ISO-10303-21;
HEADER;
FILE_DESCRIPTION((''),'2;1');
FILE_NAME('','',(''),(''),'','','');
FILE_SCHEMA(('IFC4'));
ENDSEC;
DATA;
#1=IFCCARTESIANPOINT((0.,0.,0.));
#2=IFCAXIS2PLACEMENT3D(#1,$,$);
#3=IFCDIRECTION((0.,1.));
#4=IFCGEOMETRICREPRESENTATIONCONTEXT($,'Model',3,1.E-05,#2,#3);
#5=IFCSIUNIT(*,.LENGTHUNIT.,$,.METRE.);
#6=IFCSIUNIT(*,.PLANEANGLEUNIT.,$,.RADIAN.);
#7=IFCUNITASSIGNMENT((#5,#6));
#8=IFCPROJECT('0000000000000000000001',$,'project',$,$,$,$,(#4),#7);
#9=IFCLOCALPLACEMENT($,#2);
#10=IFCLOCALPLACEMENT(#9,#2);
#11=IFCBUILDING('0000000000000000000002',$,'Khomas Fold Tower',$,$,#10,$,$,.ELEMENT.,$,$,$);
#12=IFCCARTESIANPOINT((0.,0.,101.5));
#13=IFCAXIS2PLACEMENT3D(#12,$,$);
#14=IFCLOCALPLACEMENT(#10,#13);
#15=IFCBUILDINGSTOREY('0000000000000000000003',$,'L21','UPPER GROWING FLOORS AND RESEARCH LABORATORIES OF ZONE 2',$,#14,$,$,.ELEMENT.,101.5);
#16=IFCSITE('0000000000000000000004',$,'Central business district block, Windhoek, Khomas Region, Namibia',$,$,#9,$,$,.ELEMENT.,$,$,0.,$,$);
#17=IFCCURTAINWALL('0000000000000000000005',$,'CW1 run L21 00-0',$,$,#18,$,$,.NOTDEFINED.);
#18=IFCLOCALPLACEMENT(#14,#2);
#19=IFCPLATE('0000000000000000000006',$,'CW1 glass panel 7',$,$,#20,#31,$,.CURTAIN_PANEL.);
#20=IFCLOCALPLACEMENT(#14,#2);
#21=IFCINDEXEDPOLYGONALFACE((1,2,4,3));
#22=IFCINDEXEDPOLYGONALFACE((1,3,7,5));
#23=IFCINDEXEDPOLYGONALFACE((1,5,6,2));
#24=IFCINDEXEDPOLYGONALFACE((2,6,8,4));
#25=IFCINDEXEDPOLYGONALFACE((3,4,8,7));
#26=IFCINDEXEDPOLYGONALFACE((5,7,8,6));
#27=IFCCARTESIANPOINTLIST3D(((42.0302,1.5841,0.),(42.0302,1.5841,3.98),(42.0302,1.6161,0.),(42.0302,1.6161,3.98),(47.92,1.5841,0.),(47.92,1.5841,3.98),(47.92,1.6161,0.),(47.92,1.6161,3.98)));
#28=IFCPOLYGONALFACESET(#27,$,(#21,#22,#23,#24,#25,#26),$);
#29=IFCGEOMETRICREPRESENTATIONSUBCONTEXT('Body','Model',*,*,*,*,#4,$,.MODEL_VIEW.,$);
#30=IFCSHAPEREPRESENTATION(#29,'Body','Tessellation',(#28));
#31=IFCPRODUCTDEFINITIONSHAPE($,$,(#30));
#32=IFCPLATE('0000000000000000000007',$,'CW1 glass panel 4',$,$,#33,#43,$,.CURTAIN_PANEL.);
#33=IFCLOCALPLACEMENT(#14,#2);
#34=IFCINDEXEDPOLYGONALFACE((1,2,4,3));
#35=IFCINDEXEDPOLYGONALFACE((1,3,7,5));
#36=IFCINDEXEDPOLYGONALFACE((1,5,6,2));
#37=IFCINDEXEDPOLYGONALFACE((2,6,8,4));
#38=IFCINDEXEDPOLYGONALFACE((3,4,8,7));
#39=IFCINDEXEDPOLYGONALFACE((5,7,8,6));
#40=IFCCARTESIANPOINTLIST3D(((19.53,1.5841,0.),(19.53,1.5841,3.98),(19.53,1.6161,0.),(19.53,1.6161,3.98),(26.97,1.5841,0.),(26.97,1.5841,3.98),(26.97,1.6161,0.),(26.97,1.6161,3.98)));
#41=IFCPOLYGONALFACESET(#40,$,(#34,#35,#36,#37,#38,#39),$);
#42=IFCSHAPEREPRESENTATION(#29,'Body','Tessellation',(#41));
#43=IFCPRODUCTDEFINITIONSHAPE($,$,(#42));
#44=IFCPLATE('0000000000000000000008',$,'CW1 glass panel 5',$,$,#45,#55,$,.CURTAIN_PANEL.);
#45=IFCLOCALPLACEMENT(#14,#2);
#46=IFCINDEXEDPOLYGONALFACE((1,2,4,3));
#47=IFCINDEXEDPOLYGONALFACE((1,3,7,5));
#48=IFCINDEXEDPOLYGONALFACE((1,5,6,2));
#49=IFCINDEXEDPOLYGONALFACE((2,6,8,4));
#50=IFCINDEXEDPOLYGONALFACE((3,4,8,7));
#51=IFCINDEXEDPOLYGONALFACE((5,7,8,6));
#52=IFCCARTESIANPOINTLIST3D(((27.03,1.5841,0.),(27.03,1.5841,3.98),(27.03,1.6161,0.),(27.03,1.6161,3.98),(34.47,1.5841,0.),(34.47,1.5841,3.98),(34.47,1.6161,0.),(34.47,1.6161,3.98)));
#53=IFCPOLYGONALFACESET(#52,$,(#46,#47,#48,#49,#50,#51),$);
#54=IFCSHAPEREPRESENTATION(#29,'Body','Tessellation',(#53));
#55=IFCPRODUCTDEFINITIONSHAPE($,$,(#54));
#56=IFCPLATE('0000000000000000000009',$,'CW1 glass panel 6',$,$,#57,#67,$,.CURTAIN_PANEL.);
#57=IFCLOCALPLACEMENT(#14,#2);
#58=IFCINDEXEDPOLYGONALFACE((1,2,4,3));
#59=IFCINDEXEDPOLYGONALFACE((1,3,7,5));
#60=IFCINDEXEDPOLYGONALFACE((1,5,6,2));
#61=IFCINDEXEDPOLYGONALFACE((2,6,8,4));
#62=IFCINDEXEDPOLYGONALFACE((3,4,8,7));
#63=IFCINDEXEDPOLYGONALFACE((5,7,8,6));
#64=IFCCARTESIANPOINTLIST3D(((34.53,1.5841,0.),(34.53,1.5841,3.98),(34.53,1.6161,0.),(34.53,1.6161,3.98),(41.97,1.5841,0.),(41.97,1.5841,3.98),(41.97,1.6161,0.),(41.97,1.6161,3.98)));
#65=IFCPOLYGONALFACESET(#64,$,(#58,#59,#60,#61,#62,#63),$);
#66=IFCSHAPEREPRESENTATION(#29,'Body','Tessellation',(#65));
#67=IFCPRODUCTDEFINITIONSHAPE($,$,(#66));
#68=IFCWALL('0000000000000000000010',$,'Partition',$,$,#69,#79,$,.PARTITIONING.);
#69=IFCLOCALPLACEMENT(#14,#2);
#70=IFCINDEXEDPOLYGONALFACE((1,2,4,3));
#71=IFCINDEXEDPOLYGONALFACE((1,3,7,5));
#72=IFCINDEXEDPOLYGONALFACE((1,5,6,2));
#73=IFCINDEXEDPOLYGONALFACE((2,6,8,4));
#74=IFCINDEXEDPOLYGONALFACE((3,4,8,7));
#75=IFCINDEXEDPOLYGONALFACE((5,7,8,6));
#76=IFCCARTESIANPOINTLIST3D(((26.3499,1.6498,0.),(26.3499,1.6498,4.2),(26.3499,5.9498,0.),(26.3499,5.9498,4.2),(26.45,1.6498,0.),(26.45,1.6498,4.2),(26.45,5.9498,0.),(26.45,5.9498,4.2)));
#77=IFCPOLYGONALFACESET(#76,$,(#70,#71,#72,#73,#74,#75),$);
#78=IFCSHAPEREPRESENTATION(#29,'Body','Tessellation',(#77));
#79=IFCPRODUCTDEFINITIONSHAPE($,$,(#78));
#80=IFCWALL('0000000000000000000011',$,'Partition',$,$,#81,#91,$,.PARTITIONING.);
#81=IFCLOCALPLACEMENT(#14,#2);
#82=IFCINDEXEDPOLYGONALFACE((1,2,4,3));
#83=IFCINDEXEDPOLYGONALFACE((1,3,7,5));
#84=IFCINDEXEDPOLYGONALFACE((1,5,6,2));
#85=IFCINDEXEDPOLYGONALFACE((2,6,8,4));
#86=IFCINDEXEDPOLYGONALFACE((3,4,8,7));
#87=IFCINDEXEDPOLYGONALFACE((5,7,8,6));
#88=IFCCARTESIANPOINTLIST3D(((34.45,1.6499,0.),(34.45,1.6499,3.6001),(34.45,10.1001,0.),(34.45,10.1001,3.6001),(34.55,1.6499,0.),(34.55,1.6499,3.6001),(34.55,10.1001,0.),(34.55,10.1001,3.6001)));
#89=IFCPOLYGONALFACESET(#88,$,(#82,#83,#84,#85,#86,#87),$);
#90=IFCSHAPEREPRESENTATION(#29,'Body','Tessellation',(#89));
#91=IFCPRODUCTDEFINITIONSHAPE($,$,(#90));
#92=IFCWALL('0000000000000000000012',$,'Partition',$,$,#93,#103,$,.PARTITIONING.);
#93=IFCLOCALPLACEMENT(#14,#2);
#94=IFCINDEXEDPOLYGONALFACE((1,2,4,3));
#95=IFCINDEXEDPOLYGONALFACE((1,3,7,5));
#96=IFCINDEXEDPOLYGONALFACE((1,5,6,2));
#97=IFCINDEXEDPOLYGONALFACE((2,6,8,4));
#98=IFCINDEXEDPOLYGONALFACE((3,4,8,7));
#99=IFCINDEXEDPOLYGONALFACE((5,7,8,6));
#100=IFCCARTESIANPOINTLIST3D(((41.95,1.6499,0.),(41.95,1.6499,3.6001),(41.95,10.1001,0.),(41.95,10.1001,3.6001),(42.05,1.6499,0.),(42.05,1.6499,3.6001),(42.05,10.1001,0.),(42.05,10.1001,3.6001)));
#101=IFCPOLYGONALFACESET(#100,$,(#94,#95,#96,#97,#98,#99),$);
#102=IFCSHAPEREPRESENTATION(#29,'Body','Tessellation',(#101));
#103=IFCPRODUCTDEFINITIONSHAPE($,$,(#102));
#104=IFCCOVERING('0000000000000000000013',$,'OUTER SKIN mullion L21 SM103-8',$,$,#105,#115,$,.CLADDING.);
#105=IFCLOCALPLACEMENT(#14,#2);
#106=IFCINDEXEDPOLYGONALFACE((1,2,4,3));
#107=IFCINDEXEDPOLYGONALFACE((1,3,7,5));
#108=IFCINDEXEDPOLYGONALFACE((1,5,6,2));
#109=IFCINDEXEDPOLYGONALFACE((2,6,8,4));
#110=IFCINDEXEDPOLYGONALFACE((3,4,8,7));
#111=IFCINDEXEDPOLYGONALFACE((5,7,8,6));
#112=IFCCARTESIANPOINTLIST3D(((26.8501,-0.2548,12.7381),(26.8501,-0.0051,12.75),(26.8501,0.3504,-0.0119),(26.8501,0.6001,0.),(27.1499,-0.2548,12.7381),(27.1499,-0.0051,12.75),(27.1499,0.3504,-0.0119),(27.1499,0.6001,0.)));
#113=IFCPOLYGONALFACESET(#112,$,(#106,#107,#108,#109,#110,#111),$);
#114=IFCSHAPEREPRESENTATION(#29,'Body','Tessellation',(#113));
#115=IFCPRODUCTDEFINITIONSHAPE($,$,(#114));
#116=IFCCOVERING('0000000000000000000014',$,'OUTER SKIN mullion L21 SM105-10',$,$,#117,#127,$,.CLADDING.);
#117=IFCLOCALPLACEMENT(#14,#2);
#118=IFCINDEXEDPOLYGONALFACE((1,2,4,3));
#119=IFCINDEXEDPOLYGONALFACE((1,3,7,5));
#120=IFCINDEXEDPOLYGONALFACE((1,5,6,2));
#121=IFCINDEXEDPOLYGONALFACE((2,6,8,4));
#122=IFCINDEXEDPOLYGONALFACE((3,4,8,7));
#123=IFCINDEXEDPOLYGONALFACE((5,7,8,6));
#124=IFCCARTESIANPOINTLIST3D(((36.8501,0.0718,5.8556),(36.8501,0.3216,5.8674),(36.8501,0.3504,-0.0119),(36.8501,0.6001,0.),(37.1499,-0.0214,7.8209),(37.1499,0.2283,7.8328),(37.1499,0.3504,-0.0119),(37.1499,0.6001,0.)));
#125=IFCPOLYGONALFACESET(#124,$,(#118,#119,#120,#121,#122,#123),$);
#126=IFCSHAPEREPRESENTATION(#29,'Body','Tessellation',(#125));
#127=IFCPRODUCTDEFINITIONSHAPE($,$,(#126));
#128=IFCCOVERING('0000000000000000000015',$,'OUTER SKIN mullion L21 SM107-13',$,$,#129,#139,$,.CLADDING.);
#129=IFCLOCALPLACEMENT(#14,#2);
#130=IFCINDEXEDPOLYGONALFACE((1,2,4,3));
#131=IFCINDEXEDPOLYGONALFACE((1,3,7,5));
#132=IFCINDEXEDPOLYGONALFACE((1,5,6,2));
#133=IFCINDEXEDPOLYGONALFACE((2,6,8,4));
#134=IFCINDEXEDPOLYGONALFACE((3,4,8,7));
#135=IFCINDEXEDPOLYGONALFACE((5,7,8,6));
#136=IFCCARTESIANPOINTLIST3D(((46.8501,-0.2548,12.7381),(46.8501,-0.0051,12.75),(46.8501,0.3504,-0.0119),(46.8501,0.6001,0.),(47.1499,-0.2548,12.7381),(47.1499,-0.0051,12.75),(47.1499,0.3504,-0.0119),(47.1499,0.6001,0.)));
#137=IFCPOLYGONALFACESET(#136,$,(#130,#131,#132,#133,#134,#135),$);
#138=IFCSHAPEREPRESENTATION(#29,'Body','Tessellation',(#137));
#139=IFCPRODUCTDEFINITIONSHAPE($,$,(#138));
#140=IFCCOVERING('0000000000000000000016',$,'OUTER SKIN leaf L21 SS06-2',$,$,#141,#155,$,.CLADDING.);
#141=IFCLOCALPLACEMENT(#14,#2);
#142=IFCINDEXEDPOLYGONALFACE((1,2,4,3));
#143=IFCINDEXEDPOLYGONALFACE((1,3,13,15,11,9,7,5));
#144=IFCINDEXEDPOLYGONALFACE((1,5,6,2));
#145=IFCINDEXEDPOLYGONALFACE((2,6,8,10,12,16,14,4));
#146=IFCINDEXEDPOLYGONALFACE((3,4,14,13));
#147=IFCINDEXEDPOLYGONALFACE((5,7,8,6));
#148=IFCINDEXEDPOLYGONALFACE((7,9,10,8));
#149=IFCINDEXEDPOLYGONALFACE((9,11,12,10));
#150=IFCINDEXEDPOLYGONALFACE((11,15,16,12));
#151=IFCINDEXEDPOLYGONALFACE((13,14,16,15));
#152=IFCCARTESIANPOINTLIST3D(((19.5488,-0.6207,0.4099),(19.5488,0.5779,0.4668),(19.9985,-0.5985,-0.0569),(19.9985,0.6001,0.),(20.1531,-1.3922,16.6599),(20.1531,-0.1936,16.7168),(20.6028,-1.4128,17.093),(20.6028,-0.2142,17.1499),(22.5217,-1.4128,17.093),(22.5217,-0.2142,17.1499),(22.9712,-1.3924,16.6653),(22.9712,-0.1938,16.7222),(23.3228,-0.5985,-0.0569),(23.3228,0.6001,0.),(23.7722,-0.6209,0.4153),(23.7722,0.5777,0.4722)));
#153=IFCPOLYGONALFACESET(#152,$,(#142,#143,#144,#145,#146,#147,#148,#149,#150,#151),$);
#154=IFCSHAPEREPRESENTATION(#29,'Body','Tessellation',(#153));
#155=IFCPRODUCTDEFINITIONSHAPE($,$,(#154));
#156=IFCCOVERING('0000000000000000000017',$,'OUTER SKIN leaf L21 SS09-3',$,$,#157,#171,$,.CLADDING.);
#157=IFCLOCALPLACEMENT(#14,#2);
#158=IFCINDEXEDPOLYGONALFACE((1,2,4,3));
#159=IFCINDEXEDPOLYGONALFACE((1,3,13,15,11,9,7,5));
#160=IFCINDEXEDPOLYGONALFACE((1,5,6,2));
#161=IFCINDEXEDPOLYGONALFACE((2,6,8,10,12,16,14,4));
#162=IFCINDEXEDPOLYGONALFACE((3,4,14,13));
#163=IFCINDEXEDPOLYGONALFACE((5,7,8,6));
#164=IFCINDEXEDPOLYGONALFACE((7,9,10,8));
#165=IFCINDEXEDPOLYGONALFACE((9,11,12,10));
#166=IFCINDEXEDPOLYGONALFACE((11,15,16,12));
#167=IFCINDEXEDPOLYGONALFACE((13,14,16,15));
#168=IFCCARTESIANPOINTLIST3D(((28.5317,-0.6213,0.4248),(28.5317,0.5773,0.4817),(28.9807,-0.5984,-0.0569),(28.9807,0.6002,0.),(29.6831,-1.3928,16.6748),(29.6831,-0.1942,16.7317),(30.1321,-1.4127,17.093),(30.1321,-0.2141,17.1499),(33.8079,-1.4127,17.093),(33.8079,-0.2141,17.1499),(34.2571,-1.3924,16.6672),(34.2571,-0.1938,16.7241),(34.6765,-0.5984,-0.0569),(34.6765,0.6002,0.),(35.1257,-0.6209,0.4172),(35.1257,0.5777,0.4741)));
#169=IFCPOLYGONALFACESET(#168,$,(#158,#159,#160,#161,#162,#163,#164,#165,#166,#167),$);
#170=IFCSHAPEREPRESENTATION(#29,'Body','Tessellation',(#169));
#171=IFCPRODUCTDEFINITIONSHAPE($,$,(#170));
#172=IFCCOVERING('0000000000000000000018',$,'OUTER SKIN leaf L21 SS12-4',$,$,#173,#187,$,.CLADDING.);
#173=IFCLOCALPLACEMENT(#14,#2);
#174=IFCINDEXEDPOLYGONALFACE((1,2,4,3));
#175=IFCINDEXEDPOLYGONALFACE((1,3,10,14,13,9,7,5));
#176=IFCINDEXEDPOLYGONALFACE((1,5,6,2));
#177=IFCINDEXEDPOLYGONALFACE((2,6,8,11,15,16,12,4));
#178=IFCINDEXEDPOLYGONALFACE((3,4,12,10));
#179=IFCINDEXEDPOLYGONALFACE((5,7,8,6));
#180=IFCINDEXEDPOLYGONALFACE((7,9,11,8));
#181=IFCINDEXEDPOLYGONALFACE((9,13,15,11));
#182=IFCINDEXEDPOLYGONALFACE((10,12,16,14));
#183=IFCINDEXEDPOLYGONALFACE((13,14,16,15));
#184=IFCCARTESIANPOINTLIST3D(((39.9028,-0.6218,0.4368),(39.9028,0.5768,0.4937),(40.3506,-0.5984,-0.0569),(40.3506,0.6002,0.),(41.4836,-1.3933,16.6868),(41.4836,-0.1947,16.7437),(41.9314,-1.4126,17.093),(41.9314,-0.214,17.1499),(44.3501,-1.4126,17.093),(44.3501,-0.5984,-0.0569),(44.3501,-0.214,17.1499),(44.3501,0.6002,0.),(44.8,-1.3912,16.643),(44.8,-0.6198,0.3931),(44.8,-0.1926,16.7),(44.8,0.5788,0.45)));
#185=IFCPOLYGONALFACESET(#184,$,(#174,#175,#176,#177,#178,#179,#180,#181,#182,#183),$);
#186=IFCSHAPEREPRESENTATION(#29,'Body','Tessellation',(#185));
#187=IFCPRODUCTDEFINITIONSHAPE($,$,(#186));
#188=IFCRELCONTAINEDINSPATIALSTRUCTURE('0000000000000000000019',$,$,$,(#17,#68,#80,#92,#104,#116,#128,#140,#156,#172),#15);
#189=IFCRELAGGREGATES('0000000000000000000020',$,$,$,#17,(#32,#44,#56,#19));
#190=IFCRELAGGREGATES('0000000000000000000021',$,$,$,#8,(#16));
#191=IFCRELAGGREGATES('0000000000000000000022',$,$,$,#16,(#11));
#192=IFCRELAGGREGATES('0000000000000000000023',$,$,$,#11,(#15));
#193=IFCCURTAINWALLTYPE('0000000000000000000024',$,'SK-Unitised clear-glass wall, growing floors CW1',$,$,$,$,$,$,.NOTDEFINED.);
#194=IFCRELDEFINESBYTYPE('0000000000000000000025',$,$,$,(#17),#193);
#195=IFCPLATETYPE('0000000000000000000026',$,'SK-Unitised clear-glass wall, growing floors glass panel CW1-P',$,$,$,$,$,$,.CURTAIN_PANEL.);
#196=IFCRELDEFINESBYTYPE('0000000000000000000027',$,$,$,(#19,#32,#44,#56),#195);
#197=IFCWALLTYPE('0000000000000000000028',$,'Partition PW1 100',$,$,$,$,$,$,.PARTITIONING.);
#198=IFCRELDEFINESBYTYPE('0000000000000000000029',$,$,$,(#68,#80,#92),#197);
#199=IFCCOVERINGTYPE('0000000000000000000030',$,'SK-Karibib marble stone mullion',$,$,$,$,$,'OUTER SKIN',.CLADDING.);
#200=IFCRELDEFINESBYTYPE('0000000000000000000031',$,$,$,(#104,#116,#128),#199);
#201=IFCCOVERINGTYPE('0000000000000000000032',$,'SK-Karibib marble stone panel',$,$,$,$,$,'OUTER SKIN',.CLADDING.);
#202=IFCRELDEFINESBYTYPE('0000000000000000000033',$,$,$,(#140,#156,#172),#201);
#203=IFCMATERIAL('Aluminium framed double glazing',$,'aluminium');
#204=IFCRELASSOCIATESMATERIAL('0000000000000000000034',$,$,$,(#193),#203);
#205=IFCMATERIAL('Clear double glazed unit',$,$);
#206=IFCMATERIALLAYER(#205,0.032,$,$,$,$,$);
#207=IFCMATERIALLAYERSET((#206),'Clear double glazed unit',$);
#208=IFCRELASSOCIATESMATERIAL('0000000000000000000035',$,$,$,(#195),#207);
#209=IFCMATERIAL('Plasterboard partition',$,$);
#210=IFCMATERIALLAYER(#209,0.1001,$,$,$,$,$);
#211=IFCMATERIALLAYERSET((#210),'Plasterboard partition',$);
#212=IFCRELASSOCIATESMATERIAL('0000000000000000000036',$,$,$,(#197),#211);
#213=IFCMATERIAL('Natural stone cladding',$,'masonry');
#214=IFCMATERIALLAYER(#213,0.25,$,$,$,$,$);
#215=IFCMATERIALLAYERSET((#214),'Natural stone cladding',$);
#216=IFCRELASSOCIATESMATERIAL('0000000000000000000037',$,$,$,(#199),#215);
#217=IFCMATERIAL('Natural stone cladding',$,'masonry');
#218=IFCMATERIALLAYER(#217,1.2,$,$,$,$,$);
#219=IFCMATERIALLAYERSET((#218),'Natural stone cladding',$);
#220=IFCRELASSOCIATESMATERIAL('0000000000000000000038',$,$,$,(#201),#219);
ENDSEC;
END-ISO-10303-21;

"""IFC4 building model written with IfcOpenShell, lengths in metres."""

from ifc_helpers import new_model, si_unit, direction, frame, frame_2d, origin, origin_2d, place, context, subcontext, project, spatial, polyline, rectangle, outline, extrude, source, transform, mapped, material, layer, layer_set, type_object, element, aggregate, save


model = new_model("IFC4")

# Units and contexts
model_context = context("Model", 3, precision=1e-05, world=origin(), true_north=direction((0.0, 1.0)))
body_context = subcontext(model_context, "Body", "Model", "MODEL_VIEW")
ifc_project = project(units=[si_unit("LENGTHUNIT", "METRE"), si_unit("PLANEANGLEUNIT", "RADIAN")], contexts=[model_context])

# Site, building, storey
site_placement = place(None, origin())
site = spatial("IfcSite", under=ifc_project, at=site_placement, Name="Central business district block, Windhoek, Khomas Region, Namibia", CompositionType="ELEMENT", RefElevation=0.0)
building_placement = place(site_placement, origin())
building = spatial("IfcBuilding", under=site, at=building_placement, Name="Khomas Fold Tower", CompositionType="ELEMENT")
storey_placement = place(building_placement, frame((0.0, 0.0, 101.5)))
storey = spatial("IfcBuildingStorey", under=building, at=storey_placement, Name="L21", Description="UPPER GROWING FLOORS AND RESEARCH LABORATORIES OF ZONE 2", CompositionType="ELEMENT", Elevation=101.5)

# Curtain wall
ifc_material_1 = material(Name="Aluminium framed double glazing", Category="aluminium")
curtain_wall_type = type_object("IfcCurtainWallType", Name="SK-Unitised clear-glass wall, growing floors CW1", PredefinedType="NOTDEFINED", material=ifc_material_1)
curtain_wall_placement = place(storey_placement, origin())
curtain_wall = element("IfcCurtainWall", 1, at=curtain_wall_placement, inside=storey, type_object=curtain_wall_type, Name="CW1 run L21 00-0", PredefinedType="NOTDEFINED")

# Plates
ifc_material_2 = material(Name="Clear double glazed unit")
ifc_layer_1 = layer(ifc_material_2, 0.032)
ifc_layer_set_1 = layer_set([ifc_layer_1], Name="Clear double glazed unit")
plate_type_1 = type_object("IfcPlateType", Name="SK-Unitised clear-glass wall, growing floors glass panel CW1-P", PredefinedType="CURTAIN_PANEL", material=ifc_layer_set_1)
shared_shape_1 = source(origin(), body_context, "Body", "SweptSolid", [
    extrude(rectangle(XDim=5.8899, YDim=0.032, at=origin_2d()), origin(), (0.0, 0.0, 1.0), 3.98),
])
plate_1_placement = place(storey_placement, frame((44.9751, 1.6001, 0.0), z_axis=(0.0, 0.0, 1.0), x_axis=(1.0, 0.0, 0.0)))
plate_1 = element("IfcPlate", 2, at=plate_1_placement, type_object=plate_type_1, Name="CW1 glass panel 7", PredefinedType="CURTAIN_PANEL", context=body_context, shape_type="MappedRepresentation", body=[
    mapped(shared_shape_1, transform((0.0, 0.0, 0.0))),
])
shared_shape_2 = source(origin(), body_context, "Body", "SweptSolid", [
    extrude(rectangle(XDim=7.4399, YDim=0.032, at=origin_2d()), origin(), (0.0, 0.0, 1.0), 3.98),
])
plate_2_placement = place(storey_placement, frame((23.25, 1.6001, 0.0), z_axis=(0.0, 0.0, 1.0), x_axis=(1.0, 0.0, 0.0)))
plate_2 = element("IfcPlate", 3, at=plate_2_placement, type_object=plate_type_1, Name="CW1 glass panel 4", PredefinedType="CURTAIN_PANEL", context=body_context, shape_type="MappedRepresentation", body=[
    mapped(shared_shape_2, transform((0.0, 0.0, 0.0))),
])
plate_3_placement = place(storey_placement, frame((30.75, 1.6001, 0.0), z_axis=(0.0, 0.0, 1.0), x_axis=(1.0, 0.0, 0.0)))
plate_3 = element("IfcPlate", 4, at=plate_3_placement, type_object=plate_type_1, Name="CW1 glass panel 5", PredefinedType="CURTAIN_PANEL", context=body_context, shape_type="MappedRepresentation", body=[
    mapped(shared_shape_2, transform((0.0, 0.0, 0.0))),
])
plate_4_placement = place(storey_placement, frame((38.25, 1.6001, 0.0), z_axis=(0.0, 0.0, 1.0), x_axis=(1.0, 0.0, 0.0)))
plate_4 = element("IfcPlate", 5, at=plate_4_placement, type_object=plate_type_1, Name="CW1 glass panel 6", PredefinedType="CURTAIN_PANEL", context=body_context, shape_type="MappedRepresentation", body=[
    mapped(shared_shape_2, transform((0.0, 0.0, 0.0))),
])
aggregate(curtain_wall, [plate_2, plate_3, plate_4, plate_1])

# Walls
ifc_material_3 = material(Name="Plasterboard partition")
ifc_layer_2 = layer(ifc_material_3, 0.1001)
ifc_layer_set_2 = layer_set([ifc_layer_2], Name="Plasterboard partition")
wall_type = type_object("IfcWallType", Name="Partition PW1 100", PredefinedType="PARTITIONING", material=ifc_layer_set_2)
shared_shape_3 = source(origin(), body_context, "Body", "SweptSolid", [
    extrude(rectangle(XDim=4.3, YDim=0.1001, at=frame_2d((2.1499, 0.0))), origin(), (0.0, 0.0, 1.0), 4.2),
])
wall_placement = place(storey_placement, frame((26.3999, 1.6499, 0.0), z_axis=(0.0, 0.0, 1.0), x_axis=(0.0, 1.0, 0.0)))
element("IfcWall", 6, at=wall_placement, inside=storey, type_object=wall_type, Name="Partition", PredefinedType="PARTITIONING", context=body_context, shape_type="MappedRepresentation", body=[
    mapped(shared_shape_3, transform((0.0, 0.0, 0.0))),
])
shared_shape_4 = source(origin(), body_context, "Body", "SweptSolid", [
    extrude(rectangle(XDim=8.4502, YDim=0.1001, at=frame_2d((4.2251, 0.0))), origin(), (0.0, 0.0, 1.0), 3.6001),
])
for number, where, z_axis, x_axis, name in (
    (7, (34.5, 1.6499, 0.0), (0.0, 0.0, 1.0), (0.0, 1.0, 0.0), "Partition"),
    (8, (42.0, 1.6499, 0.0), (0.0, 0.0, 1.0), (0.0, 1.0, 0.0), "Partition"),
):
    element("IfcWall", number, at=place(storey_placement, frame(where, z_axis=z_axis, x_axis=x_axis)), inside=storey, type_object=wall_type, Name=name, PredefinedType="PARTITIONING", context=body_context, shape_type="MappedRepresentation", body=[
        mapped(shared_shape_4, transform((0.0, 0.0, 0.0))),
    ])

# Coverings
ifc_material_4 = material(Name="Natural stone cladding", Category="masonry")
ifc_layer_3 = layer(ifc_material_4, 0.25)
ifc_layer_set_3 = layer_set([ifc_layer_3], Name="Natural stone cladding")
covering_type_1 = type_object("IfcCoveringType", Name="SK-Karibib marble stone mullion", ElementType="OUTER SKIN", PredefinedType="CLADDING", material=ifc_layer_set_3)
covering_1_placement = place(storey_placement, frame((26.8501, 0.6001, 0.0), z_axis=(0.0, 0.998875, 0.047415), x_axis=(0.0, -0.047415, 0.998875)))
element("IfcCovering", 9, at=covering_1_placement, inside=storey, type_object=covering_type_1, Name="OUTER SKIN mullion L21 SM103-8", PredefinedType="CLADDING", context=body_context, shape_type="SweptSolid", body=[
    extrude(outline(polyline([(0.0, 0.0), (12.7644, 0.0), (12.7644, 0.2998), (0.0, 0.2998), (0.0, 0.0)])), origin(), (0.0, 0.0, -1.0), 0.25),
])
covering_2_placement = place(storey_placement, frame((36.8501, 0.6001, 0.0), z_axis=(-0.000064, 0.998875, 0.04742), x_axis=(0.0, -0.04742, 0.998875)))
element("IfcCovering", 10, at=covering_2_placement, inside=storey, type_object=covering_type_1, Name="OUTER SKIN mullion L21 SM105-10", PredefinedType="CLADDING", context=body_context, shape_type="SweptSolid", body=[
    extrude(outline(polyline([(0.0, 0.0), (5.874, 0.0), (7.8416, 0.2998), (0.0, 0.2998), (0.0, 0.0)])), origin(), (0.0, 0.0, -1.0), 0.25),
])
covering_3_placement = place(storey_placement, frame((46.8501, 0.6001, 0.0), z_axis=(0.0, 0.998875, 0.047415), x_axis=(0.0, -0.047415, 0.998875)))
element("IfcCovering", 11, at=covering_3_placement, inside=storey, type_object=covering_type_1, Name="OUTER SKIN mullion L21 SM107-13", PredefinedType="CLADDING", context=body_context, shape_type="SweptSolid", body=[
    extrude(outline(polyline([(0.0, 0.0), (12.7644, 0.0), (12.7644, 0.2998), (0.0, 0.2998), (0.0, 0.0)])), origin(), (0.0, 0.0, -1.0), 0.25),
])
ifc_material_5 = material(Name="Natural stone cladding", Category="masonry")
ifc_layer_4 = layer(ifc_material_5, 1.2)
ifc_layer_set_4 = layer_set([ifc_layer_4], Name="Natural stone cladding")
covering_type_2 = type_object("IfcCoveringType", Name="SK-Karibib marble stone panel", ElementType="OUTER SKIN", PredefinedType="CLADDING", material=ifc_layer_set_4)
covering_4_placement = place(storey_placement, frame((22.9712, -0.1938, 16.7222), z_axis=(-0.000003, 0.998875, 0.047424), x_axis=(0.049179, 0.047366, -0.997666)))
element("IfcCovering", 12, at=covering_4_placement, inside=storey, type_object=covering_type_2, Name="OUTER SKIN leaf L21 SS06-2", PredefinedType="CLADDING", context=body_context, shape_type="SweptSolid", body=[
    extrude(outline(polyline([(0.0, 0.0), (16.288, 0.0), (16.738, 0.4722), (16.5746, 3.7924), (16.0857, 4.2185), (-0.1332, 2.815), (-0.5442, 2.3445), (-0.4498, 0.4279), (0.0, 0.0)])), origin(), (0.0, 0.0, -1.0), 1.2),
])
covering_5_placement = place(storey_placement, frame((34.2571, -0.1938, 16.7241), z_axis=(-0.000001, 0.998875, 0.047424), x_axis=(0.053319, 0.047356, -0.997454)))
element("IfcCovering", 13, at=covering_5_placement, inside=storey, type_object=covering_type_2, Name="OUTER SKIN leaf L21 SS09-3", PredefinedType="CLADDING", context=body_context, shape_type="SweptSolid", body=[
    extrude(outline(polyline([(0.0, 0.0), (16.2915, 0.0), (16.7415, 0.4739), (16.4378, 6.1616), (15.9323, 6.5842), (-0.2515, 4.5671), (-0.6456, 4.0964), (-0.4496, 0.4259), (0.0, 0.0)])), origin(), (0.0, 0.0, -1.0), 1.2),
])
covering_6_placement = place(storey_placement, frame((44.8, -0.1926, 16.7), z_axis=(0.0, 0.998875, 0.047422), x_axis=(0.0, 0.047422, -0.998875)))
element("IfcCovering", 14, at=covering_6_placement, inside=storey, type_object=covering_type_2, Name="OUTER SKIN leaf L21 SS12-4", PredefinedType="CLADDING", context=body_context, shape_type="SweptSolid", body=[
    extrude(outline(polyline([(0.0, 0.0), (16.2683, 0.0), (16.7188, 0.45), (16.7188, 4.4495), (16.2245, 4.8972), (-0.0438, 3.3164), (-0.4505, 2.8687), (-0.4505, 0.45), (0.0, 0.0)])), origin(), (0.0, 0.0, -1.0), 1.2),
])

save(model, "model.ifc")
